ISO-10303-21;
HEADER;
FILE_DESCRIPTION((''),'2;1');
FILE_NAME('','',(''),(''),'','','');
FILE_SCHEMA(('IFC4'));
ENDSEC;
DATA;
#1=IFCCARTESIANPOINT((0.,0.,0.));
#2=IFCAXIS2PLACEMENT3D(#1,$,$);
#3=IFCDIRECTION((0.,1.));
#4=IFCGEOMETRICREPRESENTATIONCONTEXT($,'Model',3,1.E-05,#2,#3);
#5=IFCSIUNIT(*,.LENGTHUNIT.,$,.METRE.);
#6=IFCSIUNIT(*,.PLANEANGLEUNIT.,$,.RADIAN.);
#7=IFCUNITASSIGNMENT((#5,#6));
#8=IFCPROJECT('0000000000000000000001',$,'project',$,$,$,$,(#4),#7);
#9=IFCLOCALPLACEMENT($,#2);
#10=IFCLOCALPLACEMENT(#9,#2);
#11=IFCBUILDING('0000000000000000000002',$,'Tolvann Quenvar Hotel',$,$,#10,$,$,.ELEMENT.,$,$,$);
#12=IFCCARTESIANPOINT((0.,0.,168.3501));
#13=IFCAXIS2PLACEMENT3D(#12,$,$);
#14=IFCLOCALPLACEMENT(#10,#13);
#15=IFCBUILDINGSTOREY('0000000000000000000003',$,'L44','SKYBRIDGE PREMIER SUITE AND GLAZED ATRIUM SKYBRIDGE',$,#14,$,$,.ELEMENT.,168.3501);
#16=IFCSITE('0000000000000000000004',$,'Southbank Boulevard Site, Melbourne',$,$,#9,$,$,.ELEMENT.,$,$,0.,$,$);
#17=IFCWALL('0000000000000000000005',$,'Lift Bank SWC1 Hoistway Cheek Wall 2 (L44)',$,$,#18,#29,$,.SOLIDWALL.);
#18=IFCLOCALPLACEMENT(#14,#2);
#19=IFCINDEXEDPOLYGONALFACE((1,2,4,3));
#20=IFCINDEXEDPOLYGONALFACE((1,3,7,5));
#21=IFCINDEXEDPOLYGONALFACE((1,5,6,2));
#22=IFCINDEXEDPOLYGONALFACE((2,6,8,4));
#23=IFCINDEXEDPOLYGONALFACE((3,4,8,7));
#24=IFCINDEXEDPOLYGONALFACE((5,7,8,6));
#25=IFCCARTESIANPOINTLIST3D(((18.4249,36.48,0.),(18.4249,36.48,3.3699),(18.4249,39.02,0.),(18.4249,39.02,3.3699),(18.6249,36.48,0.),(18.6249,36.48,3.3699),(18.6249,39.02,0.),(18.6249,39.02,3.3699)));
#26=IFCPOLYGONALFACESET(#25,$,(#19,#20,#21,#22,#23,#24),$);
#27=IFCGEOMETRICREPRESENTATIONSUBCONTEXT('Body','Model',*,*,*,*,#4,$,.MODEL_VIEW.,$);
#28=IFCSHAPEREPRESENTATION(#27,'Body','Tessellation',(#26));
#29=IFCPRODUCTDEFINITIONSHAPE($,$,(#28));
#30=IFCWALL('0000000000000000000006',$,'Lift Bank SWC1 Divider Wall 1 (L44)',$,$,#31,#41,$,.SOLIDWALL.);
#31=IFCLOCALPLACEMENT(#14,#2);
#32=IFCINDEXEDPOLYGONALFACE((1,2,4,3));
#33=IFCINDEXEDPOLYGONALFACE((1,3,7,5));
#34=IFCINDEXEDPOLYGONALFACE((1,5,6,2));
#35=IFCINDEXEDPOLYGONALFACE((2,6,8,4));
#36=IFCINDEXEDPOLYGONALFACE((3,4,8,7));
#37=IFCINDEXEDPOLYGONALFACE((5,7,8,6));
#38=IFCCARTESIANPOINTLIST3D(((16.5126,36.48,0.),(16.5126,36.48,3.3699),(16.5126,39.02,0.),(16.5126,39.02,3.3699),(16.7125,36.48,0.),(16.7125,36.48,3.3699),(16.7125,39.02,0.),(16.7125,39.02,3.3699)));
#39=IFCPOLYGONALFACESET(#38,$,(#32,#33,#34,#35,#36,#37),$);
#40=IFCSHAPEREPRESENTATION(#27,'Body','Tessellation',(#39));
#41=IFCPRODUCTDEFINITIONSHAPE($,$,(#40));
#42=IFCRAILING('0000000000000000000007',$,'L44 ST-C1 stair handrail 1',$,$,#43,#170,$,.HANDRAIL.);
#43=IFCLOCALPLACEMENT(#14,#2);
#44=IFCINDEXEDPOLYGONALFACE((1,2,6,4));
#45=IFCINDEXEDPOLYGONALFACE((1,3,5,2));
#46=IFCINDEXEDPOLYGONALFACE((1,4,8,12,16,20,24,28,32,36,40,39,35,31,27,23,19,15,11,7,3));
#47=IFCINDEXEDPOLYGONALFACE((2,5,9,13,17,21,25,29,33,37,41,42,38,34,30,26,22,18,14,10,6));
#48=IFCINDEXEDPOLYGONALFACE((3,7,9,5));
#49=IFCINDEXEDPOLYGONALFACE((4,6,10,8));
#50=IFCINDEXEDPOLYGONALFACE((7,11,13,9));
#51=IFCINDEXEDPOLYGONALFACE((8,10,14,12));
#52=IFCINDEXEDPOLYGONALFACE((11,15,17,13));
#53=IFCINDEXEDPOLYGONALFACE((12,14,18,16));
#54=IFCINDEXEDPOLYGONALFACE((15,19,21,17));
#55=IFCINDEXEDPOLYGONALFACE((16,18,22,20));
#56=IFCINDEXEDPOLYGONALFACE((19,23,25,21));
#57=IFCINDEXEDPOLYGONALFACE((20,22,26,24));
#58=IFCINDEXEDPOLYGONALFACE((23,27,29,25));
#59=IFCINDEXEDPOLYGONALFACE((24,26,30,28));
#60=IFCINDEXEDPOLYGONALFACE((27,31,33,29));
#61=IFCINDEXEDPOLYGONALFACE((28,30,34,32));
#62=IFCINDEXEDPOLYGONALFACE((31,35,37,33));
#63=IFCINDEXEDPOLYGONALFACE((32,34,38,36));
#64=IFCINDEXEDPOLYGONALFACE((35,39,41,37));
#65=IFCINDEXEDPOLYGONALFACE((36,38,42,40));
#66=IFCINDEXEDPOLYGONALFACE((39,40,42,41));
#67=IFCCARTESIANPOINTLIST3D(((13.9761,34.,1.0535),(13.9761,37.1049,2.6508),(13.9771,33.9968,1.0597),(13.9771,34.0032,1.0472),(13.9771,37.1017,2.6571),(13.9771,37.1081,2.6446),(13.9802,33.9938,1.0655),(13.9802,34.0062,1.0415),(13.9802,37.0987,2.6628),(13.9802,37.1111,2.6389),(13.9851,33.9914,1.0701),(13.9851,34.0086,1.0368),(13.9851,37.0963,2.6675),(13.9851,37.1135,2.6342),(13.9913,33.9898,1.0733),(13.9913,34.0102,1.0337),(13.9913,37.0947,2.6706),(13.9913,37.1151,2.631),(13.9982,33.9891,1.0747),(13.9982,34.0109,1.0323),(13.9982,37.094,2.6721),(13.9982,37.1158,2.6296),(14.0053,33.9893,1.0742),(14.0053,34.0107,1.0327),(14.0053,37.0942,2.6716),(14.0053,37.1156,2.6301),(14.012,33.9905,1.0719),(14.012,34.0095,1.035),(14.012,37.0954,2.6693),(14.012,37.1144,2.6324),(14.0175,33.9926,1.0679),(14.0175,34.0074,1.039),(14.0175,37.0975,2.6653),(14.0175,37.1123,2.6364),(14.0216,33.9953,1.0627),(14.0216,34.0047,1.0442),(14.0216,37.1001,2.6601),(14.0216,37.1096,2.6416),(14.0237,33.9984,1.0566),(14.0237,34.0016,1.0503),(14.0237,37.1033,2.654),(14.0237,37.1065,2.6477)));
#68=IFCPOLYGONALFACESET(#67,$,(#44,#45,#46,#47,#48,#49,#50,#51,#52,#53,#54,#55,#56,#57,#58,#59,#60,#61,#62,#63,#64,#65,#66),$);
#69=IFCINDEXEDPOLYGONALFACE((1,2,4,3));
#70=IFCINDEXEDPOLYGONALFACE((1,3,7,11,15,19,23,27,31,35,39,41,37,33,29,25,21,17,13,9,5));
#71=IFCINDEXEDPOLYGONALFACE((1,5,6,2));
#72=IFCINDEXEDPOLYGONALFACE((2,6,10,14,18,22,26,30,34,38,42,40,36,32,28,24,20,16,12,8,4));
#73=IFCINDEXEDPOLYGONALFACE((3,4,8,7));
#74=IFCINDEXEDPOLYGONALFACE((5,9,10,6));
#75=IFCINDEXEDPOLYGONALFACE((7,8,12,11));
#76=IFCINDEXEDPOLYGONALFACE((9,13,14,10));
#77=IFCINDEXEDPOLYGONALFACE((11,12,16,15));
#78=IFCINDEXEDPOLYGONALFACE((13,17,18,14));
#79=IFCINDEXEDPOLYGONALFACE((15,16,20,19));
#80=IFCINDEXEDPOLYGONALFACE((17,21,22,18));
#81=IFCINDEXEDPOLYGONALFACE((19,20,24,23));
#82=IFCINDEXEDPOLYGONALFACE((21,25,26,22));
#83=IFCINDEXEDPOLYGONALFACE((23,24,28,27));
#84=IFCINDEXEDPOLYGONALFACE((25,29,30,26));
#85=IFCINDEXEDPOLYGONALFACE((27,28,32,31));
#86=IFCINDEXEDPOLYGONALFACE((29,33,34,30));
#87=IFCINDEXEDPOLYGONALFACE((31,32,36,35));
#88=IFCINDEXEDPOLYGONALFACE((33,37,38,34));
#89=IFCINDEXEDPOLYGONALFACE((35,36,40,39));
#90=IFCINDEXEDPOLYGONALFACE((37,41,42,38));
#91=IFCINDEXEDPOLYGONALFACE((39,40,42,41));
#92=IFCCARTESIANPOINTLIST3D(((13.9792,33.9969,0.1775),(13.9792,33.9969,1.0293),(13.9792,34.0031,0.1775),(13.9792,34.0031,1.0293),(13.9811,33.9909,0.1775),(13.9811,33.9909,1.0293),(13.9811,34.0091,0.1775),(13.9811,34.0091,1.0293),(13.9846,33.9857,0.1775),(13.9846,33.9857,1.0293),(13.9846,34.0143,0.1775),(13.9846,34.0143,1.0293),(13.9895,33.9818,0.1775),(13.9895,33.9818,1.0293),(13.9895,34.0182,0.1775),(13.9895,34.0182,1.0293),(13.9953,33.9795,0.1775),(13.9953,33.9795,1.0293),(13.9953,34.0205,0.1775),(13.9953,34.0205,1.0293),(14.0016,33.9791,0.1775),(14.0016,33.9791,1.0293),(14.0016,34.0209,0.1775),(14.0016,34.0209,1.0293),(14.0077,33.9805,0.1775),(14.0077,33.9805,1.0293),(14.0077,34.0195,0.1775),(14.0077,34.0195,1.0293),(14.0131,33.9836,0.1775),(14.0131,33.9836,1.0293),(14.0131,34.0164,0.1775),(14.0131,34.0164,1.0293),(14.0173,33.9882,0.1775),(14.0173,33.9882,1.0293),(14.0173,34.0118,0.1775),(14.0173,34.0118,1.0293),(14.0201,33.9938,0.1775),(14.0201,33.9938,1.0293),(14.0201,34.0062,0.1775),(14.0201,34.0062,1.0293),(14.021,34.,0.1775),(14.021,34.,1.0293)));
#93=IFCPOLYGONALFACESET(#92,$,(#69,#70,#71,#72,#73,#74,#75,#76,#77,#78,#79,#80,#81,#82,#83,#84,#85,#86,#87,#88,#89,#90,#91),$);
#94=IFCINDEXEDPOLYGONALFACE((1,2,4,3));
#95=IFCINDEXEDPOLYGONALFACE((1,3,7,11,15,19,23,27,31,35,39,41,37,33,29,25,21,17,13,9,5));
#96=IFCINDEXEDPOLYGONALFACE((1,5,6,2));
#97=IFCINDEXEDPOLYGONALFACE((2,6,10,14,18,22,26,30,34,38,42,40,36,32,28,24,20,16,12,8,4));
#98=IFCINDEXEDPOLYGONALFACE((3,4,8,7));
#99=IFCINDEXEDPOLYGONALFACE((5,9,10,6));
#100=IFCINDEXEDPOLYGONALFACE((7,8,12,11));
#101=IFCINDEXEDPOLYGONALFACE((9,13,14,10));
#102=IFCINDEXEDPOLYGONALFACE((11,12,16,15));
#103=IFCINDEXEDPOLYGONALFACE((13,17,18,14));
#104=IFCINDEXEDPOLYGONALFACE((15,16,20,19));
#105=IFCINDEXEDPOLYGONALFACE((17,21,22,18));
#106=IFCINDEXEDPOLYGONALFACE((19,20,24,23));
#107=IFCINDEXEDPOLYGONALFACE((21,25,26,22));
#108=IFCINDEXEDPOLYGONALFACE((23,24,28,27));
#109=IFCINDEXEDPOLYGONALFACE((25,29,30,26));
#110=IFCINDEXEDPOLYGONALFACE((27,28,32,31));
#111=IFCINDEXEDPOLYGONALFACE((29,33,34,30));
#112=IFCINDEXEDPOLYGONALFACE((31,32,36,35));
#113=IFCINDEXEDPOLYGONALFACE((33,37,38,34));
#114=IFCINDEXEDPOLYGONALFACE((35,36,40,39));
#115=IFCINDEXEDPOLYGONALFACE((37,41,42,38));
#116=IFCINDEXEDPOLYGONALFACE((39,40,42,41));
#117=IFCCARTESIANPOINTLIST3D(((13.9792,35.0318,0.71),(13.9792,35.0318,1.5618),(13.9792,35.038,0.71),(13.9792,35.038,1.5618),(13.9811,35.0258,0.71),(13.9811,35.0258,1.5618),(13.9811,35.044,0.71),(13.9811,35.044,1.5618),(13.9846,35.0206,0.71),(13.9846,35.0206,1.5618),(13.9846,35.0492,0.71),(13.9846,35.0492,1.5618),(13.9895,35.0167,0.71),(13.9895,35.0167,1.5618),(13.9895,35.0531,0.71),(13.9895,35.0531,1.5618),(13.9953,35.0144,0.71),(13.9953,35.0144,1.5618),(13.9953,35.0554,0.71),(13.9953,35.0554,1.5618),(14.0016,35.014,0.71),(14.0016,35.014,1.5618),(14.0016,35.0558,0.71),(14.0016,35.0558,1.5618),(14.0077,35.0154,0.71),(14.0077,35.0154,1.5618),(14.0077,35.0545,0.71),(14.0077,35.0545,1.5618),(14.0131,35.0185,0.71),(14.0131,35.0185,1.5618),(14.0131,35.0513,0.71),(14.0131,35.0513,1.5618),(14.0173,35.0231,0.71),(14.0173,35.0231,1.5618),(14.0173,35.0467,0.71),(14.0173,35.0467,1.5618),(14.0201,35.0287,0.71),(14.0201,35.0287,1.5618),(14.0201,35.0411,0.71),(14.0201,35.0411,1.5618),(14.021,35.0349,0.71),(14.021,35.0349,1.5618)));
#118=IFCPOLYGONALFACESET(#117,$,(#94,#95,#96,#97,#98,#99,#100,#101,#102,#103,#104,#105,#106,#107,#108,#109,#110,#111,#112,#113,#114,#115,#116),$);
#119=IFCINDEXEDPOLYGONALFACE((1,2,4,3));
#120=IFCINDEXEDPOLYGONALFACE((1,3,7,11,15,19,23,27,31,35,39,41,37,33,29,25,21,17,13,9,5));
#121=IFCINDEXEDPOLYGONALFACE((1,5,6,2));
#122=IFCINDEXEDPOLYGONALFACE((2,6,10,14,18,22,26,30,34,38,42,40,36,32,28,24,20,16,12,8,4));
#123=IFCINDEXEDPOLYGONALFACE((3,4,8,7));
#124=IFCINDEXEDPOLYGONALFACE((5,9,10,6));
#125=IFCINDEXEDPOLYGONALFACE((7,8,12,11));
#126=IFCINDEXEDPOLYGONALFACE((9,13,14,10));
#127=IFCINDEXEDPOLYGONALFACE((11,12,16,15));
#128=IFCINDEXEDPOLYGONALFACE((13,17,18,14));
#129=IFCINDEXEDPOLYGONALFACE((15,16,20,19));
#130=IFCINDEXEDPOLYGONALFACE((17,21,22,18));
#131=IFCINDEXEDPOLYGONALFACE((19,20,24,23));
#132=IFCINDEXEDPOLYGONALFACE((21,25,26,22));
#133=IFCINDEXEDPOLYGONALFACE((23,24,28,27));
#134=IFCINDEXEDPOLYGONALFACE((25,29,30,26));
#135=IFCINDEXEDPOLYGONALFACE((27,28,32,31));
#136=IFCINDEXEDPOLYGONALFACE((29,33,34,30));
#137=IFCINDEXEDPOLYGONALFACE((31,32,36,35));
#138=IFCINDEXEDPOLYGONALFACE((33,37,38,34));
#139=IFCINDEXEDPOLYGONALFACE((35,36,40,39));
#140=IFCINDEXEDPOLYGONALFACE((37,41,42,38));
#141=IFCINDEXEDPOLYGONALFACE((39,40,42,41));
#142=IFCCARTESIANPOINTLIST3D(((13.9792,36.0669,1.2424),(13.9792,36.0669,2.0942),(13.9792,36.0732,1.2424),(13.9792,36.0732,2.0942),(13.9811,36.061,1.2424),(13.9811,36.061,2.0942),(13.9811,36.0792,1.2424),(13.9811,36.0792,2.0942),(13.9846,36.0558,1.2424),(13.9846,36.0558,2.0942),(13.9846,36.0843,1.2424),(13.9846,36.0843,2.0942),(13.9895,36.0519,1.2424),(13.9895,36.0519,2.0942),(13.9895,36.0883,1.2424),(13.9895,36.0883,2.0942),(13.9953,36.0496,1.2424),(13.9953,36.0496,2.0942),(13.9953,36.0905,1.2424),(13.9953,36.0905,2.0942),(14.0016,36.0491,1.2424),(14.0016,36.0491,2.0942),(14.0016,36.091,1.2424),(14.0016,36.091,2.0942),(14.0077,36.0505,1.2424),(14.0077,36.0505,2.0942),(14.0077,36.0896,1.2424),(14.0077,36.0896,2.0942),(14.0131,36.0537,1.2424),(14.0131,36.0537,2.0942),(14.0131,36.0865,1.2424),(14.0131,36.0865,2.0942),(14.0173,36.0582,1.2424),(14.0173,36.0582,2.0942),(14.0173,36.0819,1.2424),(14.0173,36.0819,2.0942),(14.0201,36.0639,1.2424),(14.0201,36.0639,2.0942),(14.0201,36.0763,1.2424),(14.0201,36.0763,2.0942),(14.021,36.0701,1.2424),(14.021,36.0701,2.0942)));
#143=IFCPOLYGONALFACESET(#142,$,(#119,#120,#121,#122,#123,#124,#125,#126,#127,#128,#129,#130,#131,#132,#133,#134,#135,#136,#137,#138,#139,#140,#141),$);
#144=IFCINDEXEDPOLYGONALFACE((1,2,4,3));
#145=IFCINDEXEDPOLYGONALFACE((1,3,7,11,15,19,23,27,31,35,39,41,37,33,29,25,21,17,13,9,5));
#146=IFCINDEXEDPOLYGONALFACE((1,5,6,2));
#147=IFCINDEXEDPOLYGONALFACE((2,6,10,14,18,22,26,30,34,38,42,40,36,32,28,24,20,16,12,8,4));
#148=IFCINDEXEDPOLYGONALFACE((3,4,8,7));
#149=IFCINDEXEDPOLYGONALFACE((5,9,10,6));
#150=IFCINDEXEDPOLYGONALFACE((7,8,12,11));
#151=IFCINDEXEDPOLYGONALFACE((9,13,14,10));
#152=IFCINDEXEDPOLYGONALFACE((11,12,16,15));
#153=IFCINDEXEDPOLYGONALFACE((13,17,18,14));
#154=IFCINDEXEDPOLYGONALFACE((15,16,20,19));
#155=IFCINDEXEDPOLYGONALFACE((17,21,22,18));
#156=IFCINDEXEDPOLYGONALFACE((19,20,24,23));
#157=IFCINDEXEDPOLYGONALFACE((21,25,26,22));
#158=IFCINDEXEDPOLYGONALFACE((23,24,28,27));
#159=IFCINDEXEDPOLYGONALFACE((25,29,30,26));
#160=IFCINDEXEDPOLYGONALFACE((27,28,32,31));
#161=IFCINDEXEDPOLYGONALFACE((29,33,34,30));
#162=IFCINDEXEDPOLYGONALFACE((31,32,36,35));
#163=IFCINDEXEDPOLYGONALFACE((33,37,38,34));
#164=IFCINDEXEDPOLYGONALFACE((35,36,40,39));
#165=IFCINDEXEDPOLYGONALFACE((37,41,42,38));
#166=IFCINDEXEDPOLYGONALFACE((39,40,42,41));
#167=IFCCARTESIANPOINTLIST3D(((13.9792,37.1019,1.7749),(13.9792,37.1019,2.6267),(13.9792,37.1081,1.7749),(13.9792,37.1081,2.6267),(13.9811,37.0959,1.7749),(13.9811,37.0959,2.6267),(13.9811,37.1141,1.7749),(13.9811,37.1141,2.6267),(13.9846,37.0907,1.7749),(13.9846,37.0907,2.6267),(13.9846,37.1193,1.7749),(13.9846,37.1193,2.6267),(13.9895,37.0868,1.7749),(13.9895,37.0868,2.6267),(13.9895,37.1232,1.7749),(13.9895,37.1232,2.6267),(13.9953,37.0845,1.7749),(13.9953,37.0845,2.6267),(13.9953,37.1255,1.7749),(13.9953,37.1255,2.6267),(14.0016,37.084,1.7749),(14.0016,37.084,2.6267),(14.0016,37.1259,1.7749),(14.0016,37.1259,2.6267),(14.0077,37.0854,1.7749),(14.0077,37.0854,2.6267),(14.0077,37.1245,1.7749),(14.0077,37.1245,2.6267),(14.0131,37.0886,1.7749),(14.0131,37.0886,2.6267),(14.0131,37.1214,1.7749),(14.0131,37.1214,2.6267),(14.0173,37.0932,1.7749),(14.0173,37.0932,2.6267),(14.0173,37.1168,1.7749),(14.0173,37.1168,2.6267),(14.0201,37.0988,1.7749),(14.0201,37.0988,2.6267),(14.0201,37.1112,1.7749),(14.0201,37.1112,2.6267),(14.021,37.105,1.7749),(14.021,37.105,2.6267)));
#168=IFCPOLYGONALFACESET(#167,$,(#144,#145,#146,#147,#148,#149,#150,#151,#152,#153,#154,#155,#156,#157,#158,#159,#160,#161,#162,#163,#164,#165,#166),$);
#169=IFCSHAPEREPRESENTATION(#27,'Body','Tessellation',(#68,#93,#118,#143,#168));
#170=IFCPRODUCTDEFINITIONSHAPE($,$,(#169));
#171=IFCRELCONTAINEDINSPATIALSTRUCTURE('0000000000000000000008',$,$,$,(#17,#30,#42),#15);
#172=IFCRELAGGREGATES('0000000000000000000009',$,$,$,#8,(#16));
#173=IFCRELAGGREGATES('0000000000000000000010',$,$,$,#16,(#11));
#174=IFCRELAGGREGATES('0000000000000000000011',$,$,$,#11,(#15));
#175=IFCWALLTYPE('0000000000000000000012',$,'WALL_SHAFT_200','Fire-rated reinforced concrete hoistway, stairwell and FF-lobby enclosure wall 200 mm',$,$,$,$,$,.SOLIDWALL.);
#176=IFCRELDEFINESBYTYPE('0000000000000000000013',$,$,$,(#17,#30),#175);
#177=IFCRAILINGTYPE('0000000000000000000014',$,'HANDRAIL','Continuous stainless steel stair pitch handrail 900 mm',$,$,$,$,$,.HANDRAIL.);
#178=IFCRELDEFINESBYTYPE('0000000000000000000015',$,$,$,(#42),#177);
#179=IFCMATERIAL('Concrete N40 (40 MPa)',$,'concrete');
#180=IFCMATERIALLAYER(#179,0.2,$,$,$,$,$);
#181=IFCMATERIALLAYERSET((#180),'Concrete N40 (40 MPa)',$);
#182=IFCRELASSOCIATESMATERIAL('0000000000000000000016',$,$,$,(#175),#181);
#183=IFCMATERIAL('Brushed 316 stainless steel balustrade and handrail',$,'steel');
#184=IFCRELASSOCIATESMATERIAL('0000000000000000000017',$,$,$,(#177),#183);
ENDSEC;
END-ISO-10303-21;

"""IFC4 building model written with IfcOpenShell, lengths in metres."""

from ifc_helpers import new_model, si_unit, direction, frame, frame_2d, origin, origin_2d, place, context, subcontext, project, spatial, rectangle, circle, extrude, material, layer, layer_set, type_object, element, save


model = new_model("IFC4")

# Units and contexts
model_context = context("Model", 3, precision=1e-05, world=origin(), true_north=direction((0.0, 1.0)))
body_context = subcontext(model_context, "Body", "Model", "MODEL_VIEW")
ifc_project = project(units=[si_unit("LENGTHUNIT", "METRE"), si_unit("PLANEANGLEUNIT", "RADIAN")], contexts=[model_context])

# Site, building, storey
site_placement = place(None, origin())
site = spatial("IfcSite", under=ifc_project, at=site_placement, Name="Southbank Boulevard Site, Melbourne", CompositionType="ELEMENT", RefElevation=0.0)
building_placement = place(site_placement, origin())
building = spatial("IfcBuilding", under=site, at=building_placement, Name="Tolvann Quenvar Hotel", CompositionType="ELEMENT")
storey_placement = place(building_placement, frame((0.0, 0.0, 168.3501)))
storey = spatial("IfcBuildingStorey", under=building, at=storey_placement, Name="L44", Description="SKYBRIDGE PREMIER SUITE AND GLAZED ATRIUM SKYBRIDGE", CompositionType="ELEMENT", Elevation=168.3501)

# Shared definitions
ifc_material_1 = material(Name="Concrete N40 (40 MPa)", Category="concrete")
ifc_layer_1 = layer(ifc_material_1, 0.2)
ifc_layer_set_1 = layer_set([ifc_layer_1], Name="Concrete N40 (40 MPa)")
wall_type_1 = type_object("IfcWallType", Name="WALL_SHAFT_200", Description="Fire-rated reinforced concrete hoistway, stairwell and FF-lobby enclosure wall 200 mm", PredefinedType="SOLIDWALL", material=ifc_layer_set_1)

# Walls
for number, where, z_axis, x_axis, name in (
    (1, (18.5249, 36.48, 0.0), (0.0, 0.0, 1.0), (0.0, 1.0, 0.0), "Lift Bank SWC1 Hoistway Cheek Wall 2 (L44)"),
    (2, (16.6125, 36.48, 0.0), (0.0, 0.0, 1.0), (0.0, 1.0, 0.0), "Lift Bank SWC1 Divider Wall 1 (L44)"),
):
    element("IfcWall", number, at=place(storey_placement, frame(where, z_axis=z_axis, x_axis=x_axis)), inside=storey, type_object=wall_type_1, Name=name, PredefinedType="SOLIDWALL", context=body_context, shape_type="SweptSolid", body=[
        extrude(rectangle(XDim=2.54, YDim=0.2, at=frame_2d((1.27, 0.0))), origin(), (0.0, 0.0, 1.0), 3.3699),
    ])

# Railing
ifc_material_2 = material(Name="Brushed 316 stainless steel balustrade and handrail", Category="steel")
railing_type = type_object("IfcRailingType", Name="HANDRAIL", Description="Continuous stainless steel stair pitch handrail 900 mm", PredefinedType="HANDRAIL", material=ifc_material_2)
railing_placement = place(storey_placement, frame((14.0, 34.0, 0.1775)))
element("IfcRailing", 3, at=railing_placement, inside=storey, type_object=railing_type, Name="L44 ST-C1 stair handrail 1", PredefinedType="HANDRAIL", context=body_context, shape_type="SweptSolid", body=[
    extrude(circle(Radius=0.0239, at=origin_2d()), frame((0.0, 0.0, 0.876), z_axis=(0.0, 0.889222, 0.457476), x_axis=(-1.0, 0.0, 0.0)), (0.0, 0.0, 1.0), 3.4917),
    extrude(circle(Radius=0.021, at=origin_2d()), origin(), (0.0, 0.0, 1.0), 0.8518),
    extrude(circle(Radius=0.021, at=origin_2d()), frame((0.0, 1.0349, 0.5325)), (0.0, 0.0, 1.0), 0.8518),
    extrude(circle(Radius=0.021, at=origin_2d()), frame((0.0, 2.0701, 1.0649)), (0.0, 0.0, 1.0), 0.8518),
    extrude(circle(Radius=0.021, at=origin_2d()), frame((0.0, 3.105, 1.5974)), (0.0, 0.0, 1.0), 0.8518),
])

save(model, "model.ifc")
